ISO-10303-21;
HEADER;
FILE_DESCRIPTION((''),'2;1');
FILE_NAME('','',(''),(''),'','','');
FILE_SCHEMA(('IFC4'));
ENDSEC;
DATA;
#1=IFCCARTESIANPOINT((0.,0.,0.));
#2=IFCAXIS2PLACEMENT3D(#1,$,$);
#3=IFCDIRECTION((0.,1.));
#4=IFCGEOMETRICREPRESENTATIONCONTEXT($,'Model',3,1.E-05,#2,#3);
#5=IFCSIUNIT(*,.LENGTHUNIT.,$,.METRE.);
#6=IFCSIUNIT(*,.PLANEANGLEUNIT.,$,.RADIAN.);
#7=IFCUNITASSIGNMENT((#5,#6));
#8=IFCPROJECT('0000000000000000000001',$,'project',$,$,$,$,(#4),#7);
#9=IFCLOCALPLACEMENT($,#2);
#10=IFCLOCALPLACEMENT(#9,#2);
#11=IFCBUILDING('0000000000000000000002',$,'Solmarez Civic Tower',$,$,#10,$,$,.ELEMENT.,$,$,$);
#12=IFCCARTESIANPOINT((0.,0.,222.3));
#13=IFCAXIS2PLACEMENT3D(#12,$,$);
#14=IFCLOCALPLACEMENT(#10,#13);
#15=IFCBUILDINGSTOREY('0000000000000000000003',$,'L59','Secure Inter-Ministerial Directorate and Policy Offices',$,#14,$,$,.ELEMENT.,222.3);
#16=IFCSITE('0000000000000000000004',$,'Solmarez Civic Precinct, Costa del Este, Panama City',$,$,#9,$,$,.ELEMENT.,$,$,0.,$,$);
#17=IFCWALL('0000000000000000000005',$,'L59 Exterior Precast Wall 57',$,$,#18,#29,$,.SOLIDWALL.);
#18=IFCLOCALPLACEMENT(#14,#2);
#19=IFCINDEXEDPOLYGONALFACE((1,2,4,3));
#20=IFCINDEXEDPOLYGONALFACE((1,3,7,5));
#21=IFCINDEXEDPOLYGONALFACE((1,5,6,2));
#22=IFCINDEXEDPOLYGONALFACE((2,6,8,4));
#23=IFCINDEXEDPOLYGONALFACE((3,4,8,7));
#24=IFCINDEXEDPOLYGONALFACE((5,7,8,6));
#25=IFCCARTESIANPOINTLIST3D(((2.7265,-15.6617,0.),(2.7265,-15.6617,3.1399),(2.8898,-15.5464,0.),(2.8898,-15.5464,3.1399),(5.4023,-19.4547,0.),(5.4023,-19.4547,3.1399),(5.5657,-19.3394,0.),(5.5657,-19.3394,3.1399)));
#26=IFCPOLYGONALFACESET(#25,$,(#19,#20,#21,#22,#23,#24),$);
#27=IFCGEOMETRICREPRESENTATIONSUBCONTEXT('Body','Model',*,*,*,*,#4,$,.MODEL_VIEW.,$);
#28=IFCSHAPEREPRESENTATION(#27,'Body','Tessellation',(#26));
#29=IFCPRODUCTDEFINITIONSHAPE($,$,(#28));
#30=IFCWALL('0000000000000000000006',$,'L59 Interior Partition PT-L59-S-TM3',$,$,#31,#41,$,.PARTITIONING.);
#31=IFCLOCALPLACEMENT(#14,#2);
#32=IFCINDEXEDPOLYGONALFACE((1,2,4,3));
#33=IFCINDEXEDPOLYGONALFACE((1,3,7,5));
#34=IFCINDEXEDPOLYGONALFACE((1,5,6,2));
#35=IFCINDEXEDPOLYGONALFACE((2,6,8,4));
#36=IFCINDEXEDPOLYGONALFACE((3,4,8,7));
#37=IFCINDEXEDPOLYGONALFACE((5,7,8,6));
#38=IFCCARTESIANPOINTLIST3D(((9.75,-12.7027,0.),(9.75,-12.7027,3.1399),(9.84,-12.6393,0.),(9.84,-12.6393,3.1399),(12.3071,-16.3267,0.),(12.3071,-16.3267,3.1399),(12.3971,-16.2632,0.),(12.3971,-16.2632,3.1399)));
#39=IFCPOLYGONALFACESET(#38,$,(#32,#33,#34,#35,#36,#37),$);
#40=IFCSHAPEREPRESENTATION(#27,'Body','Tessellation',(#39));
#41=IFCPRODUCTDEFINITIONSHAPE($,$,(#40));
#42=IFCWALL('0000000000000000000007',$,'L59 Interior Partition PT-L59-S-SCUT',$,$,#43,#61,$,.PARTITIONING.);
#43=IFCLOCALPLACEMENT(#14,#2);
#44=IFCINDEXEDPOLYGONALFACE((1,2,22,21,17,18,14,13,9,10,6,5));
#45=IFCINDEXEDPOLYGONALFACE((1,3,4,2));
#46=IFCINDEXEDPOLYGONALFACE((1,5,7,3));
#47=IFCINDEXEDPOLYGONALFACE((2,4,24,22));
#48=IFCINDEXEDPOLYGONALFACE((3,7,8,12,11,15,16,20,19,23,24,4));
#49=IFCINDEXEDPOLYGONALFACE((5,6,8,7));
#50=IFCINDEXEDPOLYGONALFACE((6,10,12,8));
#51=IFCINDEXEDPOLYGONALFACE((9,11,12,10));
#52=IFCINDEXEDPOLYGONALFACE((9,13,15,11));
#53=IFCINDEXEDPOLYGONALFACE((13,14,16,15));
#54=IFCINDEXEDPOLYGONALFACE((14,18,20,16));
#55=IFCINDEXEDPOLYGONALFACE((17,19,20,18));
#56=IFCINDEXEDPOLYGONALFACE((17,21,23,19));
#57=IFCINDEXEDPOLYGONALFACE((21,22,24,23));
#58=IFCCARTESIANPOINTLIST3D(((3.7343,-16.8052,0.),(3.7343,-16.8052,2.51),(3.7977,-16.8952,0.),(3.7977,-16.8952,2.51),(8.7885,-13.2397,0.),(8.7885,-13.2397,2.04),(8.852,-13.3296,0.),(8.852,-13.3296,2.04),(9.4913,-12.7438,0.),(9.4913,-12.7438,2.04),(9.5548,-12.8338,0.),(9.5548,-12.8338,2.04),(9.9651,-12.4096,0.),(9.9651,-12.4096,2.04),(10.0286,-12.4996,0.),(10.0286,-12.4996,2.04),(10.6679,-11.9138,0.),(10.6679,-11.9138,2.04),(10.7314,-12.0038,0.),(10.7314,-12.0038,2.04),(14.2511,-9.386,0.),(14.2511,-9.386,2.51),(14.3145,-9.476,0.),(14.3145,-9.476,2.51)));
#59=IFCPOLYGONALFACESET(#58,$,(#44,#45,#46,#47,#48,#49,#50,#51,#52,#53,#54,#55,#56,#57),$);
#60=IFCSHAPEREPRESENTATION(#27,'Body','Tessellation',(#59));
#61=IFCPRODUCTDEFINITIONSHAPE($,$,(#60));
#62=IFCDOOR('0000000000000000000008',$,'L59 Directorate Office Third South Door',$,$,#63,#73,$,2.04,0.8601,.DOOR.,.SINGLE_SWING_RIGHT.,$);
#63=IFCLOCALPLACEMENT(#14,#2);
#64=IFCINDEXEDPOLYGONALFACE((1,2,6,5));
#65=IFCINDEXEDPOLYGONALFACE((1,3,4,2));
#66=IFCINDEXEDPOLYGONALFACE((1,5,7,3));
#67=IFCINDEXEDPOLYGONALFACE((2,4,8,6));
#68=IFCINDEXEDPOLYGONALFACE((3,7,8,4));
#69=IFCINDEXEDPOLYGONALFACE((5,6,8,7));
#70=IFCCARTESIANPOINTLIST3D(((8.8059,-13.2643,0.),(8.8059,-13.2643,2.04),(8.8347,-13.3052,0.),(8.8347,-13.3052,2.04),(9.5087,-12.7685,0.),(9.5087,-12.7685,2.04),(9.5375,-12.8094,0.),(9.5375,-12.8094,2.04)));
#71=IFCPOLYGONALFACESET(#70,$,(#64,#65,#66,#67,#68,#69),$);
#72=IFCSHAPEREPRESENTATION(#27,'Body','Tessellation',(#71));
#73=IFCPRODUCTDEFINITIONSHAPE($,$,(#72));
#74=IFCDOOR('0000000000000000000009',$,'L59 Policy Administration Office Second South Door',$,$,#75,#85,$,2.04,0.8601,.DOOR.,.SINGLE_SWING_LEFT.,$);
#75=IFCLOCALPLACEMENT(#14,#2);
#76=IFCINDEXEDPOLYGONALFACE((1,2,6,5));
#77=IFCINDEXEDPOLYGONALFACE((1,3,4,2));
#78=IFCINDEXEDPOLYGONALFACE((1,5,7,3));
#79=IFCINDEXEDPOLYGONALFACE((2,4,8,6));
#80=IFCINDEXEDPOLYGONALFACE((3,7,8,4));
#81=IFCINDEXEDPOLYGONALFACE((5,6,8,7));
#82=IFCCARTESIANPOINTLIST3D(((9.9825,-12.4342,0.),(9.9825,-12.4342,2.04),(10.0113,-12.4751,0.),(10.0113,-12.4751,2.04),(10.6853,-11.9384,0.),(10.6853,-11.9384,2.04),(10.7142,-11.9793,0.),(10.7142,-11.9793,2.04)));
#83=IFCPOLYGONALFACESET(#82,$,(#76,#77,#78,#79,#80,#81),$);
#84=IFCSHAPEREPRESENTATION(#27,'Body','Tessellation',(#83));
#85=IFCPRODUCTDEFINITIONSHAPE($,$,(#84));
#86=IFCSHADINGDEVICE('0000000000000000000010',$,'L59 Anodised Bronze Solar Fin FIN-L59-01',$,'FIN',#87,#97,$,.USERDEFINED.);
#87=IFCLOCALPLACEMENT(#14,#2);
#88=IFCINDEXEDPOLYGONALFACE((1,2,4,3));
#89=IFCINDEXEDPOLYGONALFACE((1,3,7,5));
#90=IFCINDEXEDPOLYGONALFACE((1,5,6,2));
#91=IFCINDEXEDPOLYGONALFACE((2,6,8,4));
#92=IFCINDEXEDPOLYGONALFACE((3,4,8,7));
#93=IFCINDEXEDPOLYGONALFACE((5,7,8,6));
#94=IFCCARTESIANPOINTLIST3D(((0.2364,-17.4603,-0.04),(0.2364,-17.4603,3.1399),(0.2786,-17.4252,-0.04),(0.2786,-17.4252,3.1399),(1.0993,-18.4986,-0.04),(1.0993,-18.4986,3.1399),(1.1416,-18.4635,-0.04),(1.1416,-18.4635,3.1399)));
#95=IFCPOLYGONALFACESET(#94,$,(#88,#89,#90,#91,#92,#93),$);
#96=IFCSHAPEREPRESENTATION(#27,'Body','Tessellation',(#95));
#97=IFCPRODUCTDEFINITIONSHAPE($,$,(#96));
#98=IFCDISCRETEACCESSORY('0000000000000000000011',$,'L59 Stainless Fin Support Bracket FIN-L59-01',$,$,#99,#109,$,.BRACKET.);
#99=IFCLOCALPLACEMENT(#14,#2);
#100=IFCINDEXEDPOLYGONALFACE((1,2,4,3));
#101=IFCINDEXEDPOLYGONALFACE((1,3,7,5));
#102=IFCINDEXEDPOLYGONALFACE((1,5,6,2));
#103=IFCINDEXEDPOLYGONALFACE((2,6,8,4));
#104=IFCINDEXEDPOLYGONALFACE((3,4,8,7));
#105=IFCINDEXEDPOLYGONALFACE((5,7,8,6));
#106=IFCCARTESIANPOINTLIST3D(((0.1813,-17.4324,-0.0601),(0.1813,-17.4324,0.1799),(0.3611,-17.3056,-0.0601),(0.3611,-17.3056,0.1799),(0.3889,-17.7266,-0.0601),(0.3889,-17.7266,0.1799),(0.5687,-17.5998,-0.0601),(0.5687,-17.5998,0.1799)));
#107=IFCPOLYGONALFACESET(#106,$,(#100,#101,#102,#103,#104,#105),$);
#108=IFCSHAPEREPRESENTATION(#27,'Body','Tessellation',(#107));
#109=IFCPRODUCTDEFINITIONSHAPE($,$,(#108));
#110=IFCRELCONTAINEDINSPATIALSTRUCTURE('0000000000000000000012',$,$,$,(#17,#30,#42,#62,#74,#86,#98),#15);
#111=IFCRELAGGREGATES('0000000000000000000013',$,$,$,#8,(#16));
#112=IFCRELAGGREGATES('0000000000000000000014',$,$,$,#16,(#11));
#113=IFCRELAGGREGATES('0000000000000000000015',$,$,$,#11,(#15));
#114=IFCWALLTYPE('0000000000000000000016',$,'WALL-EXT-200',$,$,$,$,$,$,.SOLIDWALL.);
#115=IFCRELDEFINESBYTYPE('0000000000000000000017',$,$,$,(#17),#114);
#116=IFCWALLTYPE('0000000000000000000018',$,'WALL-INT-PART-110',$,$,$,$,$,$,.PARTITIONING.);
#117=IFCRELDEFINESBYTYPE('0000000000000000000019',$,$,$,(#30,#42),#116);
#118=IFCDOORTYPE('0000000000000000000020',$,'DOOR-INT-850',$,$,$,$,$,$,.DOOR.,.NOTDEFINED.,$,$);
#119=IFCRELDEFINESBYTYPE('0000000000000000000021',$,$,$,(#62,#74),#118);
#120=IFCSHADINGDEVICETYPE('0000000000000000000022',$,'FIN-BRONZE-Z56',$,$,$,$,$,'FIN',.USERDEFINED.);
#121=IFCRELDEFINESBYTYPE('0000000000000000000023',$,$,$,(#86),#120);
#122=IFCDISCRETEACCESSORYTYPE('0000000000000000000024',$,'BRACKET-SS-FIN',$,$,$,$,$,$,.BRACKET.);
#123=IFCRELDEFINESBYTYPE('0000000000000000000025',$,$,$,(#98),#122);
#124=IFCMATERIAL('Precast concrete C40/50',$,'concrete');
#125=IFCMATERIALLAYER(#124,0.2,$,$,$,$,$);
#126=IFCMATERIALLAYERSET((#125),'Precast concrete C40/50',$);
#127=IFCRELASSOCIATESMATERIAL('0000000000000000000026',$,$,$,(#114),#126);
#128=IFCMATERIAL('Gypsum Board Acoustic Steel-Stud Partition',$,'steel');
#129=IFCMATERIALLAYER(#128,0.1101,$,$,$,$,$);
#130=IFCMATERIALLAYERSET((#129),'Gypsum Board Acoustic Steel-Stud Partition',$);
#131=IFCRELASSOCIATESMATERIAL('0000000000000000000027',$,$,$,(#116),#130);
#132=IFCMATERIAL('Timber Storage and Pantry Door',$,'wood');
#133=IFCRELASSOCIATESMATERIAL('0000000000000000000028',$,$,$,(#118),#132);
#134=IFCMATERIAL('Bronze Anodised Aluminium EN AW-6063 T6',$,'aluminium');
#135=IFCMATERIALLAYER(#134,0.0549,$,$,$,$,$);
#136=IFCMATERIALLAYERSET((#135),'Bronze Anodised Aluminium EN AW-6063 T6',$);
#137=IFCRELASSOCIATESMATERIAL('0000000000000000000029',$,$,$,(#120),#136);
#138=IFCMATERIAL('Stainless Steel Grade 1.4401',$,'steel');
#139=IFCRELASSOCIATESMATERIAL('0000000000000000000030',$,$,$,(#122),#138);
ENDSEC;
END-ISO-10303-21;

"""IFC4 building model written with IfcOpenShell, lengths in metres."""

from ifc_helpers import new_model, si_unit, direction, frame, frame_2d, origin, origin_2d, place, context, subcontext, project, spatial, rectangle, extrude, material, layer, layer_set, type_object, element, fill, save


model = new_model("IFC4")

# Units and contexts
model_context = context("Model", 3, precision=1e-05, world=origin(), true_north=direction((0.0, 1.0)))
body_context = subcontext(model_context, "Body", "Model", "MODEL_VIEW")
ifc_project = project(units=[si_unit("LENGTHUNIT", "METRE"), si_unit("PLANEANGLEUNIT", "RADIAN")], contexts=[model_context])

# Site, building, storey
site_placement = place(None, origin())
site = spatial("IfcSite", under=ifc_project, at=site_placement, Name="Solmarez Civic Precinct, Costa del Este, Panama City", CompositionType="ELEMENT", RefElevation=0.0)
building_placement = place(site_placement, origin())
building = spatial("IfcBuilding", under=site, at=building_placement, Name="Solmarez Civic Tower", CompositionType="ELEMENT")
storey_placement = place(building_placement, frame((0.0, 0.0, 222.3)))
storey = spatial("IfcBuildingStorey", under=building, at=storey_placement, Name="L59", Description="Secure Inter-Ministerial Directorate and Policy Offices", CompositionType="ELEMENT", Elevation=222.3)

# Shared definitions
ifc_material_1 = material(Name="Bronze Anodised Aluminium EN AW-6063 T6", Category="aluminium")

# Shared definitions
ifc_material_2 = material(Name="Precast concrete C40/50", Category="concrete")
ifc_layer_1 = layer(ifc_material_2, 0.2)
ifc_layer_set_1 = layer_set([ifc_layer_1], Name="Precast concrete C40/50")
wall_type_1 = type_object("IfcWallType", Name="WALL-EXT-200", PredefinedType="SOLIDWALL", material=ifc_layer_set_1)

# Walls
wall_1_placement = place(storey_placement, frame((5.4839, -19.397, 0.0), z_axis=(0.0, 0.0, 1.0), x_axis=(-0.576452, 0.817131, 0.0)))
element("IfcWall", 1, at=wall_1_placement, inside=storey, type_object=wall_type_1, Name="L59 Exterior Precast Wall 57", PredefinedType="SOLIDWALL", context=body_context, shape_type="SweptSolid", body=[
    extrude(rectangle(XDim=4.6418, YDim=0.2, at=frame_2d((2.3208, 0.0))), origin(), (0.0, 0.0, 1.0), 3.1399),
])
ifc_material_3 = material(Name="Gypsum Board Acoustic Steel-Stud Partition", Category="steel")
ifc_layer_2 = layer(ifc_material_3, 0.1101)
ifc_layer_set_2 = layer_set([ifc_layer_2], Name="Gypsum Board Acoustic Steel-Stud Partition")
wall_type_2 = type_object("IfcWallType", Name="WALL-INT-PART-110", PredefinedType="PARTITIONING", material=ifc_layer_set_2)
wall_2_placement = place(storey_placement, frame((9.7949, -12.6709, 0.0), z_axis=(0.0, 0.0, 1.0), x_axis=(0.576532, -0.817075, 0.0)))
element("IfcWall", 2, at=wall_2_placement, inside=storey, type_object=wall_type_2, Name="L59 Interior Partition PT-L59-S-TM3", PredefinedType="PARTITIONING", context=body_context, shape_type="SweptSolid", body=[
    extrude(rectangle(XDim=4.4353, YDim=0.1101, at=frame_2d((2.2178, 0.0))), origin(), (0.0, 0.0, 1.0), 3.1399),
])

# Wall, openings, doors
wall_3_placement = place(storey_placement, frame((3.7661, -16.8501, 0.0), z_axis=(0.0, 0.0, 1.0), x_axis=(0.817131, 0.576452, 0.0)))
wall_3 = element("IfcWall", 3, at=wall_3_placement, inside=storey, type_object=wall_type_2, Name="L59 Interior Partition PT-L59-S-SCUT", PredefinedType="PARTITIONING", context=body_context, shape_type="SweptSolid", body=[
    extrude(rectangle(XDim=12.8704, YDim=0.1101, at=frame_2d((6.4351, 0.0))), origin(), (0.0, 0.0, 1.0), 2.51),
])
opening_1_placement = place(wall_3_placement, frame((6.1851, 0.0, 0.0)))
opening_1 = element("IfcOpeningElement", 4, at=opening_1_placement, cuts=wall_3, PredefinedType="OPENING", context=body_context, shape_type="SweptSolid", body=[
    extrude(rectangle(XDim=0.8601, YDim=2.04, at=frame_2d((0.4302, 1.02))), frame((0.0, 0.0649, 0.0), z_axis=(0.0, -1.0, 0.0), x_axis=(1.0, 0.0, 0.0)), (0.0, 0.0, 1.0), 0.1301),
])
opening_2_placement = place(wall_3_placement, frame((7.625, 0.0, 0.0)))
opening_2 = element("IfcOpeningElement", 5, at=opening_2_placement, cuts=wall_3, PredefinedType="OPENING", context=body_context, shape_type="SweptSolid", body=[
    extrude(rectangle(XDim=0.8601, YDim=2.04, at=frame_2d((0.4302, 1.02))), frame((0.0, 0.0649, 0.0), z_axis=(0.0, -1.0, 0.0), x_axis=(1.0, 0.0, 0.0)), (0.0, 0.0, 1.0), 0.1301),
])
ifc_material_4 = material(Name="Timber Storage and Pantry Door", Category="wood")
door_type = type_object("IfcDoorType", Name="DOOR-INT-850", OperationType="NOTDEFINED", PredefinedType="DOOR", material=ifc_material_4)
door_1_placement = place(opening_1_placement, origin())
door_1 = element("IfcDoor", 6, at=door_1_placement, inside=storey, type_object=door_type, Name="L59 Directorate Office Third South Door", OperationType="SINGLE_SWING_RIGHT", OverallHeight=2.04, OverallWidth=0.8601, PredefinedType="DOOR", context=body_context, shape_type="SweptSolid", body=[
    extrude(rectangle(XDim=0.8601, YDim=2.04, at=frame_2d((0.4302, 1.02))), frame((0.0, 0.0249, 0.0), z_axis=(0.0, -1.0, 0.0), x_axis=(1.0, 0.0, 0.0)), (0.0, 0.0, 1.0), 0.05),
])
fill(opening_1, door_1)
door_2_placement = place(opening_2_placement, origin())
door_2 = element("IfcDoor", 7, at=door_2_placement, inside=storey, type_object=door_type, Name="L59 Policy Administration Office Second South Door", OperationType="SINGLE_SWING_LEFT", OverallHeight=2.04, OverallWidth=0.8601, PredefinedType="DOOR", context=body_context, shape_type="SweptSolid", body=[
    extrude(rectangle(XDim=0.8601, YDim=2.04, at=frame_2d((0.4302, 1.02))), frame((0.0, 0.0249, 0.0), z_axis=(0.0, -1.0, 0.0), x_axis=(1.0, 0.0, 0.0)), (0.0, 0.0, 1.0), 0.05),
])
fill(opening_2, door_2)

# Shading device
ifc_layer_3 = layer(ifc_material_1, 0.0549)
ifc_layer_set_3 = layer_set([ifc_layer_3], Name="Bronze Anodised Aluminium EN AW-6063 T6")
shading_device_type = type_object("IfcShadingDeviceType", Name="FIN-BRONZE-Z56", ElementType="FIN", PredefinedType="USERDEFINED", material=ifc_layer_set_3)
shading_device_placement = place(storey_placement, frame((0.689, -17.9619, -0.04), z_axis=(0.0, 0.0, 1.0), x_axis=(0.639184, -0.769054, 0.0)))
element("IfcShadingDevice", 8, at=shading_device_placement, inside=storey, type_object=shading_device_type, Name="L59 Anodised Bronze Solar Fin FIN-L59-01", ObjectType="FIN", PredefinedType="USERDEFINED", context=body_context, shape_type="SweptSolid", body=[
    extrude(rectangle(XDim=1.3501, YDim=0.0549, at=origin_2d()), origin(), (0.0, 0.0, 1.0), 3.1799),
])

# Discrete accessory
ifc_material_5 = material(Name="Stainless Steel Grade 1.4401", Category="steel")
discrete_accessory_type = type_object("IfcDiscreteAccessoryType", Name="BRACKET-SS-FIN", PredefinedType="BRACKET", material=ifc_material_5)
discrete_accessory_placement = place(storey_placement, frame((0.375, -17.5161, -0.0601), z_axis=(0.0, 0.0, 1.0), x_axis=(0.576557, -0.817057, 0.0)))
element("IfcDiscreteAccessory", 9, at=discrete_accessory_placement, inside=storey, type_object=discrete_accessory_type, Name="L59 Stainless Fin Support Bracket FIN-L59-01", PredefinedType="BRACKET", context=body_context, shape_type="SweptSolid", body=[
    extrude(rectangle(XDim=0.3601, YDim=0.22, at=origin_2d()), origin(), (0.0, 0.0, 1.0), 0.24),
])

save(model, "model.ifc")
